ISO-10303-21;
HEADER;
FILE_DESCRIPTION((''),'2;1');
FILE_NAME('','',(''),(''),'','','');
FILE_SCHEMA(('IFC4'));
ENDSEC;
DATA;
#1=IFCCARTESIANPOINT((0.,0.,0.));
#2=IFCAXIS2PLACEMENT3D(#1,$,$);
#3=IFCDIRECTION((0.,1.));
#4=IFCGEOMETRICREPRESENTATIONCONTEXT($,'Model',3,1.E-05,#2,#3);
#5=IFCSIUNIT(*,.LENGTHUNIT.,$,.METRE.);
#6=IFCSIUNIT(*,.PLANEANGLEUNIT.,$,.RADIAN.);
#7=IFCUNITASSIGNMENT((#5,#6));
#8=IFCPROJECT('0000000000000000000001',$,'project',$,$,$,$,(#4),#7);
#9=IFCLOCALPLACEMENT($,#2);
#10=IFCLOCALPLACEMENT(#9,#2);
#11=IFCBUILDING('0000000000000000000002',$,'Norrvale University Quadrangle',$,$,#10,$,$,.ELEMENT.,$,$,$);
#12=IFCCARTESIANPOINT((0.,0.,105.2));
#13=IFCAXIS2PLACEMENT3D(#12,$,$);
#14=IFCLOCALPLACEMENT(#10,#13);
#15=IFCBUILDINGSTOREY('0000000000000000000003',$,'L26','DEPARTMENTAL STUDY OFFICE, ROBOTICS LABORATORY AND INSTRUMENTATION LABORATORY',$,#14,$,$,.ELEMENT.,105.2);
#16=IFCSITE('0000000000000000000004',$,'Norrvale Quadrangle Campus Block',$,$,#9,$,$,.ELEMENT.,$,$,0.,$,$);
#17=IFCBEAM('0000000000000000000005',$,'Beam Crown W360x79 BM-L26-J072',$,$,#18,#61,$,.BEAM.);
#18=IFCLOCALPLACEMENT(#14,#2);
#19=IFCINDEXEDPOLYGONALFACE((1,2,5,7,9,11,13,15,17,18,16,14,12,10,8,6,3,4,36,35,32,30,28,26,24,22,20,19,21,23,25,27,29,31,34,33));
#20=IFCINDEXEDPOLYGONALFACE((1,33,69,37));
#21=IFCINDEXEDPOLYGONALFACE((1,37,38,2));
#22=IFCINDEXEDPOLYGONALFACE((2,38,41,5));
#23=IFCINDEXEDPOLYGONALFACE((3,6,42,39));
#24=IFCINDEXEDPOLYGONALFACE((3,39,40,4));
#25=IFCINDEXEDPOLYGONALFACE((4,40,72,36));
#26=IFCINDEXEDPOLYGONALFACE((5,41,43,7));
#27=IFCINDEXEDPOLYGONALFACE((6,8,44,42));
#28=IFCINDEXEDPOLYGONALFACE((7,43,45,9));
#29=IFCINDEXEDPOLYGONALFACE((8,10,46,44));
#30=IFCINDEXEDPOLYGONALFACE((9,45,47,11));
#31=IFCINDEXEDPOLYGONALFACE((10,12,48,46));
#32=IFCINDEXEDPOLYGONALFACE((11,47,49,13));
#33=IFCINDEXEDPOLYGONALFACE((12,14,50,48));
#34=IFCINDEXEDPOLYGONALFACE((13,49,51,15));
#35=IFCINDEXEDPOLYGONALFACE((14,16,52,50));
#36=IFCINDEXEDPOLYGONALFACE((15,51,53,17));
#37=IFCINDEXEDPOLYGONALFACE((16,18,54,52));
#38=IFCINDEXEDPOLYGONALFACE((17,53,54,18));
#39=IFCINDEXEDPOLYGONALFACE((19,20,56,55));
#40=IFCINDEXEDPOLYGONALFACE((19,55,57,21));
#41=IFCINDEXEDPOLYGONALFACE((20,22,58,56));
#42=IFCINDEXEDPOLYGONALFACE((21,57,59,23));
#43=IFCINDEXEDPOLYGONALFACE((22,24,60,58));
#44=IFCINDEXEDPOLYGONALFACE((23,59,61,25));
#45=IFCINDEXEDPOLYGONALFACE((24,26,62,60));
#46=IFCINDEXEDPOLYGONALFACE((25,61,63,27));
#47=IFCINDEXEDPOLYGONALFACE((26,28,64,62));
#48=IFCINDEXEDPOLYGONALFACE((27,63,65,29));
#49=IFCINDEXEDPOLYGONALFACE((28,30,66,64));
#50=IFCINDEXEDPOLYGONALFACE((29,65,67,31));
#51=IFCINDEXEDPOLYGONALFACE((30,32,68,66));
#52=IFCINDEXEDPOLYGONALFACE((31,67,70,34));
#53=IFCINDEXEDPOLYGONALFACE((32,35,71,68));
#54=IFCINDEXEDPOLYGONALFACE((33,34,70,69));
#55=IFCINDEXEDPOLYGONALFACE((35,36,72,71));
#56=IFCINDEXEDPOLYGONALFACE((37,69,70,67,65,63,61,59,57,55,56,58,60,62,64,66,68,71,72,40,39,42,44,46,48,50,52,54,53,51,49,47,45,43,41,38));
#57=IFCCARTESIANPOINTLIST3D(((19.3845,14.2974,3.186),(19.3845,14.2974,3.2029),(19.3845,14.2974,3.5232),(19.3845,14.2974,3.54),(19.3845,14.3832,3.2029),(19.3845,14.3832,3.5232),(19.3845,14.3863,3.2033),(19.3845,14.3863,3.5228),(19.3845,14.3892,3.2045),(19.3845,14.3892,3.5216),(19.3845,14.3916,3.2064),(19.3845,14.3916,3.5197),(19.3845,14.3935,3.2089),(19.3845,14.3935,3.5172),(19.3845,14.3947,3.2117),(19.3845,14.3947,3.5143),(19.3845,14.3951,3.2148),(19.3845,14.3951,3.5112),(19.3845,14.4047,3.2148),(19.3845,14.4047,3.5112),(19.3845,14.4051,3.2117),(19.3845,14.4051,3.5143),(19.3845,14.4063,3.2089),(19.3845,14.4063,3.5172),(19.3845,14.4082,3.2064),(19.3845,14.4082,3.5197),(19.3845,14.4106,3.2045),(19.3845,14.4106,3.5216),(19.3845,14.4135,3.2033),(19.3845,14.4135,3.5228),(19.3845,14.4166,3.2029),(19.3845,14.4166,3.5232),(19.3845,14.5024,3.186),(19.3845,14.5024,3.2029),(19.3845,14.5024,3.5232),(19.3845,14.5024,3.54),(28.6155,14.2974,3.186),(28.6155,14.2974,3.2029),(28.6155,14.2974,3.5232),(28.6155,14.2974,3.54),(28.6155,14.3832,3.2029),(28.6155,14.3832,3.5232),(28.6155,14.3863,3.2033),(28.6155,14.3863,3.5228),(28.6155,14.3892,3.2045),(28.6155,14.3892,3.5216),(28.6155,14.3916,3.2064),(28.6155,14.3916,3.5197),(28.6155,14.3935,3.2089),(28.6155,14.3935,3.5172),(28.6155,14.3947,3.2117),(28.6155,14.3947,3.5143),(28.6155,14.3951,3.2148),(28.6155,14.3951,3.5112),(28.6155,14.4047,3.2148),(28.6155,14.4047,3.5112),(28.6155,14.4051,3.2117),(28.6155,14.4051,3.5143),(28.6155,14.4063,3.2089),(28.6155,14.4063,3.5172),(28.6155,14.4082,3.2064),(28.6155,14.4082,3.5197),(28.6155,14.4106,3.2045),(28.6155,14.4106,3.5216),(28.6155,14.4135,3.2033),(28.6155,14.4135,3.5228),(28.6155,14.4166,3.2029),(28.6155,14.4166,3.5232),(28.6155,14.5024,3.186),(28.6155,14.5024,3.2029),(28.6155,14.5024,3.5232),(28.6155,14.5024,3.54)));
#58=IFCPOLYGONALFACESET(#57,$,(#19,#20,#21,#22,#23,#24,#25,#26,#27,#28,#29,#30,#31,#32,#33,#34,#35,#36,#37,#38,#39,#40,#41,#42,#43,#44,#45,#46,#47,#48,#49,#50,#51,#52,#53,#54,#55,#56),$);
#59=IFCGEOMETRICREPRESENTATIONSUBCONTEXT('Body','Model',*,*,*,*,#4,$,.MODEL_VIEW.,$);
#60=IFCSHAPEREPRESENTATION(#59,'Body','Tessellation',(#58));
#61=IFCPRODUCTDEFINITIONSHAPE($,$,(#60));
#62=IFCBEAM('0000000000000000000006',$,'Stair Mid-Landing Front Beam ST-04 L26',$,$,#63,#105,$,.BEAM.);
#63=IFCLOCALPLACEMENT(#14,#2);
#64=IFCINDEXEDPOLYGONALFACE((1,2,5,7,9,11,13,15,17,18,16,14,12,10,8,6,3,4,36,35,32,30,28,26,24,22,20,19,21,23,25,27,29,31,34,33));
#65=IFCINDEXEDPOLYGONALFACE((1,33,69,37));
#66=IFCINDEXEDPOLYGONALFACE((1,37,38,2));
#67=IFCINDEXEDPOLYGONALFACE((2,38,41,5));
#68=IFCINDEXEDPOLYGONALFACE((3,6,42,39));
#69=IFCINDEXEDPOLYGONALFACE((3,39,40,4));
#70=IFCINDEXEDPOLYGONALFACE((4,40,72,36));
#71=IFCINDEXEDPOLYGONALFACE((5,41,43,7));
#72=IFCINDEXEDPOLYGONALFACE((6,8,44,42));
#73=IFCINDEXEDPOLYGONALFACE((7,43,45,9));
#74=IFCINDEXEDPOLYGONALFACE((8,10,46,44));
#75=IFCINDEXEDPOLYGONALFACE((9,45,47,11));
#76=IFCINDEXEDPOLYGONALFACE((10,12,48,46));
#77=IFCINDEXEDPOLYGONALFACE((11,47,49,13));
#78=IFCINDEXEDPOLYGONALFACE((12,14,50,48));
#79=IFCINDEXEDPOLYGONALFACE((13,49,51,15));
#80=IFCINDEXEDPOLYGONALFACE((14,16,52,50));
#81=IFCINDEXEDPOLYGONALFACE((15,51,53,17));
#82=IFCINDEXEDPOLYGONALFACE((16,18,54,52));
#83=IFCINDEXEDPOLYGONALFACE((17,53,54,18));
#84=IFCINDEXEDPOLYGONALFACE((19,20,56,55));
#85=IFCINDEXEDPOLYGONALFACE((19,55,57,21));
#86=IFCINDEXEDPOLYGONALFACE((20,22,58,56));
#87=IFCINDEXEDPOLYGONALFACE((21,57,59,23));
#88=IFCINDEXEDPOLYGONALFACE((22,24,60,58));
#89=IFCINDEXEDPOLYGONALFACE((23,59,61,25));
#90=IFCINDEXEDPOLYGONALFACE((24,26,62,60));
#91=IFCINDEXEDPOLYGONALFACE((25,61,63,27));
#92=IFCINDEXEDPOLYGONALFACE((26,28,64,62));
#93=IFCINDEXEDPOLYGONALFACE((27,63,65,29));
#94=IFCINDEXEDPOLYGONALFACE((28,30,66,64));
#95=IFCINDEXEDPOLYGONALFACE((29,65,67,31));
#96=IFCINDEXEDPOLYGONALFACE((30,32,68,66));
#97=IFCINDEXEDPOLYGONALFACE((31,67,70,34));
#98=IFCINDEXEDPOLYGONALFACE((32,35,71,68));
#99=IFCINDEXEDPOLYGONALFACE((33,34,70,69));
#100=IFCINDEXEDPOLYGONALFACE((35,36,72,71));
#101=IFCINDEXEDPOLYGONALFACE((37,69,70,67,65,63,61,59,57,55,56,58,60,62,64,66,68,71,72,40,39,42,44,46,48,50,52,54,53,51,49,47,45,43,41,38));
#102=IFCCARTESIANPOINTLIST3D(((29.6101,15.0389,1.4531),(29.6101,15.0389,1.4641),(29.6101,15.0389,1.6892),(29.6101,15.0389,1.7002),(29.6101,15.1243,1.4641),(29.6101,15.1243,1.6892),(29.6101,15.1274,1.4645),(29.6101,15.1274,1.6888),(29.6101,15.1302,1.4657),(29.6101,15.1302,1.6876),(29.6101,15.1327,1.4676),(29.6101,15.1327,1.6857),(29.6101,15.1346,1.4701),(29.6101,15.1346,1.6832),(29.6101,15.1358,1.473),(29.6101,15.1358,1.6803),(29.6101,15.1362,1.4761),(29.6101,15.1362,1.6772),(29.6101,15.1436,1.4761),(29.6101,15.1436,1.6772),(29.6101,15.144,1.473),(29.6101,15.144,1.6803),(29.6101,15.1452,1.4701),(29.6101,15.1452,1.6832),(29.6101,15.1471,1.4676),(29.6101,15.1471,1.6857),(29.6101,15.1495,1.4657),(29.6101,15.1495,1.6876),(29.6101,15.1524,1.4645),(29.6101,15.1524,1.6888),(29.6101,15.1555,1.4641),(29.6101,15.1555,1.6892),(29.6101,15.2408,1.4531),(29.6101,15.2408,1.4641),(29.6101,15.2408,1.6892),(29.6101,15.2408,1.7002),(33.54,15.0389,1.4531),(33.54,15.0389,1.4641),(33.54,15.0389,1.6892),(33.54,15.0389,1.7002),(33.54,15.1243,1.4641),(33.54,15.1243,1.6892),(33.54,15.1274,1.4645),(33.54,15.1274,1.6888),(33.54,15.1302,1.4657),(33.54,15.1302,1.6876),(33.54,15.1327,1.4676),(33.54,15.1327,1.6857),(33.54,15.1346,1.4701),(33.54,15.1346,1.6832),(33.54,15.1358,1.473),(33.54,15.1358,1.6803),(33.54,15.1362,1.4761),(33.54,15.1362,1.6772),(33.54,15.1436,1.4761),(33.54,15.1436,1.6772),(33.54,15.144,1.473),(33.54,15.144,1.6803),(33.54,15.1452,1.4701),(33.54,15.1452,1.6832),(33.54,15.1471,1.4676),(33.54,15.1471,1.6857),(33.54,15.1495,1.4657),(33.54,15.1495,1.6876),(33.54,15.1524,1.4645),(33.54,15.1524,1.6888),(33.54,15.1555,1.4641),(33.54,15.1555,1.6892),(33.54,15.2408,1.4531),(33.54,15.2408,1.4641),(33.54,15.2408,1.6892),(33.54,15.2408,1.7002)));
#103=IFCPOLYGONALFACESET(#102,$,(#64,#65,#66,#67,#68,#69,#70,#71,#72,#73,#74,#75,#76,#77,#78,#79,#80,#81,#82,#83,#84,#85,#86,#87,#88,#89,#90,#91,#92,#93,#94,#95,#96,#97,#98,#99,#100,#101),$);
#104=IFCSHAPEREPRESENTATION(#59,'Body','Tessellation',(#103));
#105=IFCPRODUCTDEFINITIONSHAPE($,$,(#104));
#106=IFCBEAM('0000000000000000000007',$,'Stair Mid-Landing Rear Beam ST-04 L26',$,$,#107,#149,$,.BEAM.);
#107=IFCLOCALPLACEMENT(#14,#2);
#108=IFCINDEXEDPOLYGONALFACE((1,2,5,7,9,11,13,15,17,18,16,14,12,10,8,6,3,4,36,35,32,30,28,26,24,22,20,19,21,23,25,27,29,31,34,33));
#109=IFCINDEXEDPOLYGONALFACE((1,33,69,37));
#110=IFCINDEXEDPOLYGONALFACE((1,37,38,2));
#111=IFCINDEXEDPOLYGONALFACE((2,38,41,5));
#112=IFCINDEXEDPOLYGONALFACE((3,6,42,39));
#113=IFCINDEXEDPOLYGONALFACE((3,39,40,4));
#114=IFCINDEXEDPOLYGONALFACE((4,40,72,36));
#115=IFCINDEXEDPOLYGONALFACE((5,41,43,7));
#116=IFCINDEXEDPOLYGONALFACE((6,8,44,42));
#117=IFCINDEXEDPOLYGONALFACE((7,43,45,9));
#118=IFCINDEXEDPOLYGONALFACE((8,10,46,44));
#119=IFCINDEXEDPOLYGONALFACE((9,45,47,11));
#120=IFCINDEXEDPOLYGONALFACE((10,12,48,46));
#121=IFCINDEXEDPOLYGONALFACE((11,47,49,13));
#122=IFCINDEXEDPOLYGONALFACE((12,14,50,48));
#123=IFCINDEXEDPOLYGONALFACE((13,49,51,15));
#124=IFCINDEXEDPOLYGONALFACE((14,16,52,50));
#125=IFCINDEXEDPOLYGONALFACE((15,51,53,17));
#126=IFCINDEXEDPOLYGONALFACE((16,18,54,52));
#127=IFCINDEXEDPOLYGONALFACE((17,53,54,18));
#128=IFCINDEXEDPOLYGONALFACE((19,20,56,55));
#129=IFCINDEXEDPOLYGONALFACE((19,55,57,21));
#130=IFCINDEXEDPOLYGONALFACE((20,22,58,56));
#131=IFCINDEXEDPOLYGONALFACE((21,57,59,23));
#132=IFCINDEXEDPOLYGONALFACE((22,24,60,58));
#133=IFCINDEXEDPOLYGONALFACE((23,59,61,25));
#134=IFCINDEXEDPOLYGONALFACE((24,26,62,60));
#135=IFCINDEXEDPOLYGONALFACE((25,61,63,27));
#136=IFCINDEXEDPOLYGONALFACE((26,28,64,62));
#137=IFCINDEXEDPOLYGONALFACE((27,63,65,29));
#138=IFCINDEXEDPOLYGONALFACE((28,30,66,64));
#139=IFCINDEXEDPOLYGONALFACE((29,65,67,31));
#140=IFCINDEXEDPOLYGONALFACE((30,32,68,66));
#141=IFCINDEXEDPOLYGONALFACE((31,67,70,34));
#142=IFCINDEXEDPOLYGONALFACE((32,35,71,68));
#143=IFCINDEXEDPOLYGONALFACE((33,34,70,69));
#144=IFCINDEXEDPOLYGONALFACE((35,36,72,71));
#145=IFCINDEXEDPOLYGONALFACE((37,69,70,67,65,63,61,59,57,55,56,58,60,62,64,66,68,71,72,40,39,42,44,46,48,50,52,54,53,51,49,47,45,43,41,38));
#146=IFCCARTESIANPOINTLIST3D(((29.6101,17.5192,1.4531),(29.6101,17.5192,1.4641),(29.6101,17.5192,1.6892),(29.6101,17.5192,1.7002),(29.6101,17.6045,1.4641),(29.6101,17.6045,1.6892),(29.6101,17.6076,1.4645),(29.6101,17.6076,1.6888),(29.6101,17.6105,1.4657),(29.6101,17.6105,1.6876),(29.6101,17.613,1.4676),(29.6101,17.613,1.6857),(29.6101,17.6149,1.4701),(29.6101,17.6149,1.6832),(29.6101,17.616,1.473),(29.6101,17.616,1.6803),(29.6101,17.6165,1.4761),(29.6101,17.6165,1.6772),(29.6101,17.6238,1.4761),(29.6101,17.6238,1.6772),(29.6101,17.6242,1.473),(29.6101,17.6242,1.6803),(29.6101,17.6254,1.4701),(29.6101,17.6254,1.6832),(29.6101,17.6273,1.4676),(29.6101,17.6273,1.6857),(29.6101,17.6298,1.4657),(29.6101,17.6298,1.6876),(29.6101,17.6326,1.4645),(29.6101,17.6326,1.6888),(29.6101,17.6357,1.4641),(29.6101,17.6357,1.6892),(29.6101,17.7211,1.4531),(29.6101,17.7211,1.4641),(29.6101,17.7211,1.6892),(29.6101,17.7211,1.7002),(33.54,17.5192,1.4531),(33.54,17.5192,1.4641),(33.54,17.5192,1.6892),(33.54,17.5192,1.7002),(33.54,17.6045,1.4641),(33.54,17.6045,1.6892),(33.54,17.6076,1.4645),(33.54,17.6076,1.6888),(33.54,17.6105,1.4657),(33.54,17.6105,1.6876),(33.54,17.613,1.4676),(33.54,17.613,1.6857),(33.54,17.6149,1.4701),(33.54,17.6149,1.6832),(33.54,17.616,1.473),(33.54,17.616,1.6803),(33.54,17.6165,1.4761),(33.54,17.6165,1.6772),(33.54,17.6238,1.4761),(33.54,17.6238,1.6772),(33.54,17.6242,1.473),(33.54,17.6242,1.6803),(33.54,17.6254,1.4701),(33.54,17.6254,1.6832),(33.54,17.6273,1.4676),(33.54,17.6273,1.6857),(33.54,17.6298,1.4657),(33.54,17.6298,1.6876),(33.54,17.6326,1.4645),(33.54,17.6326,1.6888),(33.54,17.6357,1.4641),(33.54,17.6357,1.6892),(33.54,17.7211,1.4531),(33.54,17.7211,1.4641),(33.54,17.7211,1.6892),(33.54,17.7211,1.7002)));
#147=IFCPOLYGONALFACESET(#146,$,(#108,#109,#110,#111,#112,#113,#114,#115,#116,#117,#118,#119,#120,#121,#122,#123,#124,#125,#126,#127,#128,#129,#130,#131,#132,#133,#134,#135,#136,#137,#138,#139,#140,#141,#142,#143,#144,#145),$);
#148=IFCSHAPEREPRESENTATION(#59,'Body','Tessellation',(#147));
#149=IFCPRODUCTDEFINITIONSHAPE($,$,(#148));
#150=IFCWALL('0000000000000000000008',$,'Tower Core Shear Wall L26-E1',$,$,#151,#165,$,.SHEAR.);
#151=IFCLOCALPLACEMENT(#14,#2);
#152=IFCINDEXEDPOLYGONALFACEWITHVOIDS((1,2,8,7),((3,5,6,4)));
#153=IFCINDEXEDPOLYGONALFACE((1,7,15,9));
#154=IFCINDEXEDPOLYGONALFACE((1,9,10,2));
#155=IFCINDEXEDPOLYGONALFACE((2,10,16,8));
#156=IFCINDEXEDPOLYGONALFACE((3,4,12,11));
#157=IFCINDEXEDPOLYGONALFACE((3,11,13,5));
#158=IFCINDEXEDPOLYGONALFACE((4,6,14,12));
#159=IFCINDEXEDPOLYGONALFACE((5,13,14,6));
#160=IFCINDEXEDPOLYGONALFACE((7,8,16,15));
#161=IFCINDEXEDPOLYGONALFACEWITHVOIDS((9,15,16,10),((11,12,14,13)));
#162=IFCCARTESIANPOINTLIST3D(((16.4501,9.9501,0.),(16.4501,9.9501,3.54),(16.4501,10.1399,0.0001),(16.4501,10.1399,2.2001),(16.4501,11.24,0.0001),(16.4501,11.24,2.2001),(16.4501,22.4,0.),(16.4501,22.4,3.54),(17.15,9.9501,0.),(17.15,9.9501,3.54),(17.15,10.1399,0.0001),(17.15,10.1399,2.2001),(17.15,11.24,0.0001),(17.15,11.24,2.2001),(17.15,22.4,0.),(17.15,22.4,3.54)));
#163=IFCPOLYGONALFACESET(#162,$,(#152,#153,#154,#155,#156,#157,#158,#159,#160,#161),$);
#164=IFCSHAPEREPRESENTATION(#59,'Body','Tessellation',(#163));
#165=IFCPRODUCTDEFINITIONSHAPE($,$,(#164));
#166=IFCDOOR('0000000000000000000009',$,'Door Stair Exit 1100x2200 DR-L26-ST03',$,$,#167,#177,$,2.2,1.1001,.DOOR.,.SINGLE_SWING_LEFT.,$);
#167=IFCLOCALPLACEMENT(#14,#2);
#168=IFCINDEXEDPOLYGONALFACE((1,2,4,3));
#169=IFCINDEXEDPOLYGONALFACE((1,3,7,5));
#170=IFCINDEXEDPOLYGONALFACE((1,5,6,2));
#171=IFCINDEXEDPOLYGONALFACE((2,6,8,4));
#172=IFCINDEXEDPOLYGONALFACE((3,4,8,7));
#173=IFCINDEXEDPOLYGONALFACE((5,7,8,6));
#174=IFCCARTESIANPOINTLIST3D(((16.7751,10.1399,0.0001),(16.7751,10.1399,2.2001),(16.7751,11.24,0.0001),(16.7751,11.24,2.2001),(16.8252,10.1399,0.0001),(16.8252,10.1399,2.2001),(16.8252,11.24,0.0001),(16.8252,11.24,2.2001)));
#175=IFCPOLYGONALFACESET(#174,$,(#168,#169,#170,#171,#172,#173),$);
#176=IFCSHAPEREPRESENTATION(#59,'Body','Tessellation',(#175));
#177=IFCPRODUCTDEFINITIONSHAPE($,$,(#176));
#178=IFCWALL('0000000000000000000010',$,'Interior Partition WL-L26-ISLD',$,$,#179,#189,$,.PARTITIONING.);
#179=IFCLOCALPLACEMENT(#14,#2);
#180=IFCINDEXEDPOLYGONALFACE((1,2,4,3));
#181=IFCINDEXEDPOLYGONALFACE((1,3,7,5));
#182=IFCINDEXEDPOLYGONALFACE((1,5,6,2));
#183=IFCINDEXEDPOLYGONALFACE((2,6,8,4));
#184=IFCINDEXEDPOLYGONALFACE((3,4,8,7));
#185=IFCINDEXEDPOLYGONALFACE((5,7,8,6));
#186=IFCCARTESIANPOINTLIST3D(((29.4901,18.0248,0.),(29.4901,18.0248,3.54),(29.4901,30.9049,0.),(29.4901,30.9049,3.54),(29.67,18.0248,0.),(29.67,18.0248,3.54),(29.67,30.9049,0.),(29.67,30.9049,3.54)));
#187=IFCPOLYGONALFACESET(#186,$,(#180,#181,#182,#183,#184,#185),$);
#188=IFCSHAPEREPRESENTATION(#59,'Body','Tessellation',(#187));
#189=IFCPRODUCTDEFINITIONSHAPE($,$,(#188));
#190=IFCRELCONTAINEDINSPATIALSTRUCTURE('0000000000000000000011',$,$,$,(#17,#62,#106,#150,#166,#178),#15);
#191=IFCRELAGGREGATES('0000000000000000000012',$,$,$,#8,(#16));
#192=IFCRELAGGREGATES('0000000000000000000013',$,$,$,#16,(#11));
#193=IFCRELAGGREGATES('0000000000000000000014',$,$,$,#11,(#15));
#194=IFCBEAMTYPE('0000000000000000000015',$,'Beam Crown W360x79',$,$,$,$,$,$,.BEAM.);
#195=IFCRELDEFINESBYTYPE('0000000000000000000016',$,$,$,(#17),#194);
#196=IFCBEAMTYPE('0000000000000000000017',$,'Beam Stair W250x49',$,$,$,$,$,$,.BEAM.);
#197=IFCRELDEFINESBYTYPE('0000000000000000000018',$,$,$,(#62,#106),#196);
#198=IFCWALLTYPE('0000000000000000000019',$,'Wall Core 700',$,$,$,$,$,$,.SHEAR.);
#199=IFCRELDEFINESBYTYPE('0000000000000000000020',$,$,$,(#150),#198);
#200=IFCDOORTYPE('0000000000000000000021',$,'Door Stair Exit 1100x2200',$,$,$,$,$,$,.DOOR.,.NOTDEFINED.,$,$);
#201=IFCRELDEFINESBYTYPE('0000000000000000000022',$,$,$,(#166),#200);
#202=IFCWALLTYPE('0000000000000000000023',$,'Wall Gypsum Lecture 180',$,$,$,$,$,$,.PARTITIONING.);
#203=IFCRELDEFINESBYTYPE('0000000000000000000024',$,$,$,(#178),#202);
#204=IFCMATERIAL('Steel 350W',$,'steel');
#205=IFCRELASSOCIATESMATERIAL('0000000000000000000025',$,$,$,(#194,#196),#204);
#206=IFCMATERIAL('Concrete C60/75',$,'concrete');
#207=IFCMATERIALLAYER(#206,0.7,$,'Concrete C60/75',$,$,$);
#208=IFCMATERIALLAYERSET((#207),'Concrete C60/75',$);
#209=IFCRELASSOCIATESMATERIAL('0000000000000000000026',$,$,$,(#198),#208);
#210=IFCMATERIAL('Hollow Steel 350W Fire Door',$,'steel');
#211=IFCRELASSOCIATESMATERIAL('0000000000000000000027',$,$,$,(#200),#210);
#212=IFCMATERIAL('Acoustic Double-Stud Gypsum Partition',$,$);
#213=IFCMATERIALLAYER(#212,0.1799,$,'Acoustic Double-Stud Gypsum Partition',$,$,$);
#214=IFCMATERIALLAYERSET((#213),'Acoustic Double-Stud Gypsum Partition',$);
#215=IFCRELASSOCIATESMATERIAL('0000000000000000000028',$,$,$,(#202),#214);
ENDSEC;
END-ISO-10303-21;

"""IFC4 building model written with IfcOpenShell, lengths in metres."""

from ifc_helpers import new_model, si_unit, direction, frame, frame_2d, origin, origin_2d, place, context, subcontext, project, spatial, rectangle, i_section, extrude, material, layer, layer_set, material_profile, profile_set, type_object, element, fill, save


model = new_model("IFC4")

# Units and contexts
model_context = context("Model", 3, precision=1e-05, world=origin(), true_north=direction((0.0, 1.0)))
body_context = subcontext(model_context, "Body", "Model", "MODEL_VIEW")
ifc_project = project(units=[si_unit("LENGTHUNIT", "METRE"), si_unit("PLANEANGLEUNIT", "RADIAN")], contexts=[model_context])

# Site, building, storey
site_placement = place(None, origin())
site = spatial("IfcSite", under=ifc_project, at=site_placement, Name="Norrvale Quadrangle Campus Block", CompositionType="ELEMENT", RefElevation=0.0)
building_placement = place(site_placement, origin())
building = spatial("IfcBuilding", under=site, at=building_placement, Name="Norrvale University Quadrangle", CompositionType="ELEMENT")
storey_placement = place(building_placement, frame((0.0, 0.0, 105.2)))
storey = spatial("IfcBuildingStorey", under=building, at=storey_placement, Name="L26", Description="DEPARTMENTAL STUDY OFFICE, ROBOTICS LABORATORY AND INSTRUMENTATION LABORATORY", CompositionType="ELEMENT", Elevation=105.2)

# Shared definitions
ifc_material_1 = material(Name="Concrete C60/75", Category="concrete")

# Beams
ifc_material_2 = material(Name="Steel 350W", Category="steel")
ifc_material_profile_1 = material_profile(ifc_material_2, i_section(OverallWidth=0.2051, OverallDepth=0.354, WebThickness=0.0095, FlangeThickness=0.0168, FilletRadius=0.012, at=origin_2d()), Name="Steel 350W")
ifc_profile_set_1 = profile_set([ifc_material_profile_1], Name="Steel 350W")
beam_type_1 = type_object("IfcBeamType", Name="Beam Crown W360x79", PredefinedType="BEAM", material=ifc_profile_set_1)
beam_1_placement = place(storey_placement, frame((19.3845, 14.3999, 3.363), z_axis=(1.0, 0.0, 0.0), x_axis=(0.0, 1.0, 0.0)))
element("IfcBeam", 1, at=beam_1_placement, inside=storey, type_object=beam_type_1, Name="Beam Crown W360x79 BM-L26-J072", PredefinedType="BEAM", context=body_context, shape_type="SweptSolid", body=[
    extrude(i_section(OverallWidth=0.2051, OverallDepth=0.354, WebThickness=0.0095, FlangeThickness=0.0168, FilletRadius=0.012, at=origin_2d()), origin(), (0.0, 0.0, 1.0), 9.231),
])
ifc_material_profile_2 = material_profile(ifc_material_2, i_section(OverallWidth=0.2019, OverallDepth=0.2471, WebThickness=0.0073, FlangeThickness=0.011, FilletRadius=0.012, at=origin_2d()), Name="Steel 350W")
ifc_profile_set_2 = profile_set([ifc_material_profile_2], Name="Steel 350W")
beam_type_2 = type_object("IfcBeamType", Name="Beam Stair W250x49", PredefinedType="BEAM", material=ifc_profile_set_2)
for number, where, z_axis, x_axis, name in (
    (2, (29.6101, 15.1399, 1.5767), (1.0, 0.0, 0.0), (0.0, 1.0, 0.0), "Stair Mid-Landing Front Beam ST-04 L26"),
    (3, (29.6101, 17.6201, 1.5767), (1.0, 0.0, 0.0), (0.0, 1.0, 0.0), "Stair Mid-Landing Rear Beam ST-04 L26"),
):
    element("IfcBeam", number, at=place(storey_placement, frame(where, z_axis=z_axis, x_axis=x_axis)), inside=storey, type_object=beam_type_2, Name=name, PredefinedType="BEAM", context=body_context, shape_type="SweptSolid", body=[
        extrude(i_section(OverallWidth=0.2019, OverallDepth=0.2471, WebThickness=0.0073, FlangeThickness=0.011, FilletRadius=0.012, at=origin_2d()), origin(), (0.0, 0.0, 1.0), 3.9299),
    ])

# Wall, opening, door
ifc_layer_1 = layer(ifc_material_1, 0.7, Name="Concrete C60/75")
ifc_layer_set_1 = layer_set([ifc_layer_1], Name="Concrete C60/75")
wall_type_1 = type_object("IfcWallType", Name="Wall Core 700", PredefinedType="SHEAR", material=ifc_layer_set_1)
wall_1_placement = place(storey_placement, frame((16.8, 9.95, 0.0), z_axis=(0.0, 0.0, 1.0), x_axis=(0.0, 1.0, 0.0)))
wall_1 = element("IfcWall", 4, at=wall_1_placement, inside=storey, type_object=wall_type_1, Name="Tower Core Shear Wall L26-E1", PredefinedType="SHEAR", context=body_context, shape_type="SweptSolid", body=[
    extrude(rectangle(XDim=12.45, YDim=0.7, at=frame_2d((6.2251, 0.0))), origin(), (0.0, 0.0, 1.0), 3.54),
])
opening_1_placement = place(wall_1_placement, frame((0.1899, 0.0, 0.0)))
opening_1 = element("IfcOpeningElement", 5, at=opening_1_placement, cuts=wall_1, PredefinedType="OPENING", context=body_context, shape_type="SweptSolid", body=[
    extrude(rectangle(XDim=1.1001, YDim=2.2, at=frame_2d((0.55, 1.1001))), frame((0.0, 0.3621, 0.0), z_axis=(0.0, -1.0, 0.0), x_axis=(1.0, 0.0, 0.0)), (0.0, 0.0, 1.0), 0.7239),
])
ifc_material_3 = material(Name="Hollow Steel 350W Fire Door", Category="steel")
door_type = type_object("IfcDoorType", Name="Door Stair Exit 1100x2200", OperationType="NOTDEFINED", PredefinedType="DOOR", material=ifc_material_3)
door_1_placement = place(opening_1_placement, origin())
door_1 = element("IfcDoor", 6, at=door_1_placement, inside=storey, type_object=door_type, Name="Door Stair Exit 1100x2200 DR-L26-ST03", OperationType="SINGLE_SWING_LEFT", OverallHeight=2.2, OverallWidth=1.1001, PredefinedType="DOOR", context=body_context, shape_type="SweptSolid", body=[
    extrude(rectangle(XDim=1.1001, YDim=2.2, at=frame_2d((0.55, 1.1001))), frame((0.0, 0.0249, 0.0), z_axis=(0.0, -1.0, 0.0), x_axis=(1.0, 0.0, 0.0)), (0.0, 0.0, 1.0), 0.05),
])
fill(opening_1, door_1)

# Wall
ifc_material_4 = material(Name="Acoustic Double-Stud Gypsum Partition")
ifc_layer_2 = layer(ifc_material_4, 0.1799, Name="Acoustic Double-Stud Gypsum Partition")
ifc_layer_set_2 = layer_set([ifc_layer_2], Name="Acoustic Double-Stud Gypsum Partition")
wall_type_2 = type_object("IfcWallType", Name="Wall Gypsum Lecture 180", PredefinedType="PARTITIONING", material=ifc_layer_set_2)
wall_2_placement = place(storey_placement, frame((29.5801, 18.0249, 0.0), z_axis=(0.0, 0.0, 1.0), x_axis=(0.0, 1.0, 0.0)))
element("IfcWall", 7, at=wall_2_placement, inside=storey, type_object=wall_type_2, Name="Interior Partition WL-L26-ISLD", PredefinedType="PARTITIONING", context=body_context, shape_type="SweptSolid", body=[
    extrude(rectangle(XDim=12.8801, YDim=0.1799, at=frame_2d((6.4399, 0.0))), origin(), (0.0, 0.0, 1.0), 3.54),
])

save(model, "model.ifc")
